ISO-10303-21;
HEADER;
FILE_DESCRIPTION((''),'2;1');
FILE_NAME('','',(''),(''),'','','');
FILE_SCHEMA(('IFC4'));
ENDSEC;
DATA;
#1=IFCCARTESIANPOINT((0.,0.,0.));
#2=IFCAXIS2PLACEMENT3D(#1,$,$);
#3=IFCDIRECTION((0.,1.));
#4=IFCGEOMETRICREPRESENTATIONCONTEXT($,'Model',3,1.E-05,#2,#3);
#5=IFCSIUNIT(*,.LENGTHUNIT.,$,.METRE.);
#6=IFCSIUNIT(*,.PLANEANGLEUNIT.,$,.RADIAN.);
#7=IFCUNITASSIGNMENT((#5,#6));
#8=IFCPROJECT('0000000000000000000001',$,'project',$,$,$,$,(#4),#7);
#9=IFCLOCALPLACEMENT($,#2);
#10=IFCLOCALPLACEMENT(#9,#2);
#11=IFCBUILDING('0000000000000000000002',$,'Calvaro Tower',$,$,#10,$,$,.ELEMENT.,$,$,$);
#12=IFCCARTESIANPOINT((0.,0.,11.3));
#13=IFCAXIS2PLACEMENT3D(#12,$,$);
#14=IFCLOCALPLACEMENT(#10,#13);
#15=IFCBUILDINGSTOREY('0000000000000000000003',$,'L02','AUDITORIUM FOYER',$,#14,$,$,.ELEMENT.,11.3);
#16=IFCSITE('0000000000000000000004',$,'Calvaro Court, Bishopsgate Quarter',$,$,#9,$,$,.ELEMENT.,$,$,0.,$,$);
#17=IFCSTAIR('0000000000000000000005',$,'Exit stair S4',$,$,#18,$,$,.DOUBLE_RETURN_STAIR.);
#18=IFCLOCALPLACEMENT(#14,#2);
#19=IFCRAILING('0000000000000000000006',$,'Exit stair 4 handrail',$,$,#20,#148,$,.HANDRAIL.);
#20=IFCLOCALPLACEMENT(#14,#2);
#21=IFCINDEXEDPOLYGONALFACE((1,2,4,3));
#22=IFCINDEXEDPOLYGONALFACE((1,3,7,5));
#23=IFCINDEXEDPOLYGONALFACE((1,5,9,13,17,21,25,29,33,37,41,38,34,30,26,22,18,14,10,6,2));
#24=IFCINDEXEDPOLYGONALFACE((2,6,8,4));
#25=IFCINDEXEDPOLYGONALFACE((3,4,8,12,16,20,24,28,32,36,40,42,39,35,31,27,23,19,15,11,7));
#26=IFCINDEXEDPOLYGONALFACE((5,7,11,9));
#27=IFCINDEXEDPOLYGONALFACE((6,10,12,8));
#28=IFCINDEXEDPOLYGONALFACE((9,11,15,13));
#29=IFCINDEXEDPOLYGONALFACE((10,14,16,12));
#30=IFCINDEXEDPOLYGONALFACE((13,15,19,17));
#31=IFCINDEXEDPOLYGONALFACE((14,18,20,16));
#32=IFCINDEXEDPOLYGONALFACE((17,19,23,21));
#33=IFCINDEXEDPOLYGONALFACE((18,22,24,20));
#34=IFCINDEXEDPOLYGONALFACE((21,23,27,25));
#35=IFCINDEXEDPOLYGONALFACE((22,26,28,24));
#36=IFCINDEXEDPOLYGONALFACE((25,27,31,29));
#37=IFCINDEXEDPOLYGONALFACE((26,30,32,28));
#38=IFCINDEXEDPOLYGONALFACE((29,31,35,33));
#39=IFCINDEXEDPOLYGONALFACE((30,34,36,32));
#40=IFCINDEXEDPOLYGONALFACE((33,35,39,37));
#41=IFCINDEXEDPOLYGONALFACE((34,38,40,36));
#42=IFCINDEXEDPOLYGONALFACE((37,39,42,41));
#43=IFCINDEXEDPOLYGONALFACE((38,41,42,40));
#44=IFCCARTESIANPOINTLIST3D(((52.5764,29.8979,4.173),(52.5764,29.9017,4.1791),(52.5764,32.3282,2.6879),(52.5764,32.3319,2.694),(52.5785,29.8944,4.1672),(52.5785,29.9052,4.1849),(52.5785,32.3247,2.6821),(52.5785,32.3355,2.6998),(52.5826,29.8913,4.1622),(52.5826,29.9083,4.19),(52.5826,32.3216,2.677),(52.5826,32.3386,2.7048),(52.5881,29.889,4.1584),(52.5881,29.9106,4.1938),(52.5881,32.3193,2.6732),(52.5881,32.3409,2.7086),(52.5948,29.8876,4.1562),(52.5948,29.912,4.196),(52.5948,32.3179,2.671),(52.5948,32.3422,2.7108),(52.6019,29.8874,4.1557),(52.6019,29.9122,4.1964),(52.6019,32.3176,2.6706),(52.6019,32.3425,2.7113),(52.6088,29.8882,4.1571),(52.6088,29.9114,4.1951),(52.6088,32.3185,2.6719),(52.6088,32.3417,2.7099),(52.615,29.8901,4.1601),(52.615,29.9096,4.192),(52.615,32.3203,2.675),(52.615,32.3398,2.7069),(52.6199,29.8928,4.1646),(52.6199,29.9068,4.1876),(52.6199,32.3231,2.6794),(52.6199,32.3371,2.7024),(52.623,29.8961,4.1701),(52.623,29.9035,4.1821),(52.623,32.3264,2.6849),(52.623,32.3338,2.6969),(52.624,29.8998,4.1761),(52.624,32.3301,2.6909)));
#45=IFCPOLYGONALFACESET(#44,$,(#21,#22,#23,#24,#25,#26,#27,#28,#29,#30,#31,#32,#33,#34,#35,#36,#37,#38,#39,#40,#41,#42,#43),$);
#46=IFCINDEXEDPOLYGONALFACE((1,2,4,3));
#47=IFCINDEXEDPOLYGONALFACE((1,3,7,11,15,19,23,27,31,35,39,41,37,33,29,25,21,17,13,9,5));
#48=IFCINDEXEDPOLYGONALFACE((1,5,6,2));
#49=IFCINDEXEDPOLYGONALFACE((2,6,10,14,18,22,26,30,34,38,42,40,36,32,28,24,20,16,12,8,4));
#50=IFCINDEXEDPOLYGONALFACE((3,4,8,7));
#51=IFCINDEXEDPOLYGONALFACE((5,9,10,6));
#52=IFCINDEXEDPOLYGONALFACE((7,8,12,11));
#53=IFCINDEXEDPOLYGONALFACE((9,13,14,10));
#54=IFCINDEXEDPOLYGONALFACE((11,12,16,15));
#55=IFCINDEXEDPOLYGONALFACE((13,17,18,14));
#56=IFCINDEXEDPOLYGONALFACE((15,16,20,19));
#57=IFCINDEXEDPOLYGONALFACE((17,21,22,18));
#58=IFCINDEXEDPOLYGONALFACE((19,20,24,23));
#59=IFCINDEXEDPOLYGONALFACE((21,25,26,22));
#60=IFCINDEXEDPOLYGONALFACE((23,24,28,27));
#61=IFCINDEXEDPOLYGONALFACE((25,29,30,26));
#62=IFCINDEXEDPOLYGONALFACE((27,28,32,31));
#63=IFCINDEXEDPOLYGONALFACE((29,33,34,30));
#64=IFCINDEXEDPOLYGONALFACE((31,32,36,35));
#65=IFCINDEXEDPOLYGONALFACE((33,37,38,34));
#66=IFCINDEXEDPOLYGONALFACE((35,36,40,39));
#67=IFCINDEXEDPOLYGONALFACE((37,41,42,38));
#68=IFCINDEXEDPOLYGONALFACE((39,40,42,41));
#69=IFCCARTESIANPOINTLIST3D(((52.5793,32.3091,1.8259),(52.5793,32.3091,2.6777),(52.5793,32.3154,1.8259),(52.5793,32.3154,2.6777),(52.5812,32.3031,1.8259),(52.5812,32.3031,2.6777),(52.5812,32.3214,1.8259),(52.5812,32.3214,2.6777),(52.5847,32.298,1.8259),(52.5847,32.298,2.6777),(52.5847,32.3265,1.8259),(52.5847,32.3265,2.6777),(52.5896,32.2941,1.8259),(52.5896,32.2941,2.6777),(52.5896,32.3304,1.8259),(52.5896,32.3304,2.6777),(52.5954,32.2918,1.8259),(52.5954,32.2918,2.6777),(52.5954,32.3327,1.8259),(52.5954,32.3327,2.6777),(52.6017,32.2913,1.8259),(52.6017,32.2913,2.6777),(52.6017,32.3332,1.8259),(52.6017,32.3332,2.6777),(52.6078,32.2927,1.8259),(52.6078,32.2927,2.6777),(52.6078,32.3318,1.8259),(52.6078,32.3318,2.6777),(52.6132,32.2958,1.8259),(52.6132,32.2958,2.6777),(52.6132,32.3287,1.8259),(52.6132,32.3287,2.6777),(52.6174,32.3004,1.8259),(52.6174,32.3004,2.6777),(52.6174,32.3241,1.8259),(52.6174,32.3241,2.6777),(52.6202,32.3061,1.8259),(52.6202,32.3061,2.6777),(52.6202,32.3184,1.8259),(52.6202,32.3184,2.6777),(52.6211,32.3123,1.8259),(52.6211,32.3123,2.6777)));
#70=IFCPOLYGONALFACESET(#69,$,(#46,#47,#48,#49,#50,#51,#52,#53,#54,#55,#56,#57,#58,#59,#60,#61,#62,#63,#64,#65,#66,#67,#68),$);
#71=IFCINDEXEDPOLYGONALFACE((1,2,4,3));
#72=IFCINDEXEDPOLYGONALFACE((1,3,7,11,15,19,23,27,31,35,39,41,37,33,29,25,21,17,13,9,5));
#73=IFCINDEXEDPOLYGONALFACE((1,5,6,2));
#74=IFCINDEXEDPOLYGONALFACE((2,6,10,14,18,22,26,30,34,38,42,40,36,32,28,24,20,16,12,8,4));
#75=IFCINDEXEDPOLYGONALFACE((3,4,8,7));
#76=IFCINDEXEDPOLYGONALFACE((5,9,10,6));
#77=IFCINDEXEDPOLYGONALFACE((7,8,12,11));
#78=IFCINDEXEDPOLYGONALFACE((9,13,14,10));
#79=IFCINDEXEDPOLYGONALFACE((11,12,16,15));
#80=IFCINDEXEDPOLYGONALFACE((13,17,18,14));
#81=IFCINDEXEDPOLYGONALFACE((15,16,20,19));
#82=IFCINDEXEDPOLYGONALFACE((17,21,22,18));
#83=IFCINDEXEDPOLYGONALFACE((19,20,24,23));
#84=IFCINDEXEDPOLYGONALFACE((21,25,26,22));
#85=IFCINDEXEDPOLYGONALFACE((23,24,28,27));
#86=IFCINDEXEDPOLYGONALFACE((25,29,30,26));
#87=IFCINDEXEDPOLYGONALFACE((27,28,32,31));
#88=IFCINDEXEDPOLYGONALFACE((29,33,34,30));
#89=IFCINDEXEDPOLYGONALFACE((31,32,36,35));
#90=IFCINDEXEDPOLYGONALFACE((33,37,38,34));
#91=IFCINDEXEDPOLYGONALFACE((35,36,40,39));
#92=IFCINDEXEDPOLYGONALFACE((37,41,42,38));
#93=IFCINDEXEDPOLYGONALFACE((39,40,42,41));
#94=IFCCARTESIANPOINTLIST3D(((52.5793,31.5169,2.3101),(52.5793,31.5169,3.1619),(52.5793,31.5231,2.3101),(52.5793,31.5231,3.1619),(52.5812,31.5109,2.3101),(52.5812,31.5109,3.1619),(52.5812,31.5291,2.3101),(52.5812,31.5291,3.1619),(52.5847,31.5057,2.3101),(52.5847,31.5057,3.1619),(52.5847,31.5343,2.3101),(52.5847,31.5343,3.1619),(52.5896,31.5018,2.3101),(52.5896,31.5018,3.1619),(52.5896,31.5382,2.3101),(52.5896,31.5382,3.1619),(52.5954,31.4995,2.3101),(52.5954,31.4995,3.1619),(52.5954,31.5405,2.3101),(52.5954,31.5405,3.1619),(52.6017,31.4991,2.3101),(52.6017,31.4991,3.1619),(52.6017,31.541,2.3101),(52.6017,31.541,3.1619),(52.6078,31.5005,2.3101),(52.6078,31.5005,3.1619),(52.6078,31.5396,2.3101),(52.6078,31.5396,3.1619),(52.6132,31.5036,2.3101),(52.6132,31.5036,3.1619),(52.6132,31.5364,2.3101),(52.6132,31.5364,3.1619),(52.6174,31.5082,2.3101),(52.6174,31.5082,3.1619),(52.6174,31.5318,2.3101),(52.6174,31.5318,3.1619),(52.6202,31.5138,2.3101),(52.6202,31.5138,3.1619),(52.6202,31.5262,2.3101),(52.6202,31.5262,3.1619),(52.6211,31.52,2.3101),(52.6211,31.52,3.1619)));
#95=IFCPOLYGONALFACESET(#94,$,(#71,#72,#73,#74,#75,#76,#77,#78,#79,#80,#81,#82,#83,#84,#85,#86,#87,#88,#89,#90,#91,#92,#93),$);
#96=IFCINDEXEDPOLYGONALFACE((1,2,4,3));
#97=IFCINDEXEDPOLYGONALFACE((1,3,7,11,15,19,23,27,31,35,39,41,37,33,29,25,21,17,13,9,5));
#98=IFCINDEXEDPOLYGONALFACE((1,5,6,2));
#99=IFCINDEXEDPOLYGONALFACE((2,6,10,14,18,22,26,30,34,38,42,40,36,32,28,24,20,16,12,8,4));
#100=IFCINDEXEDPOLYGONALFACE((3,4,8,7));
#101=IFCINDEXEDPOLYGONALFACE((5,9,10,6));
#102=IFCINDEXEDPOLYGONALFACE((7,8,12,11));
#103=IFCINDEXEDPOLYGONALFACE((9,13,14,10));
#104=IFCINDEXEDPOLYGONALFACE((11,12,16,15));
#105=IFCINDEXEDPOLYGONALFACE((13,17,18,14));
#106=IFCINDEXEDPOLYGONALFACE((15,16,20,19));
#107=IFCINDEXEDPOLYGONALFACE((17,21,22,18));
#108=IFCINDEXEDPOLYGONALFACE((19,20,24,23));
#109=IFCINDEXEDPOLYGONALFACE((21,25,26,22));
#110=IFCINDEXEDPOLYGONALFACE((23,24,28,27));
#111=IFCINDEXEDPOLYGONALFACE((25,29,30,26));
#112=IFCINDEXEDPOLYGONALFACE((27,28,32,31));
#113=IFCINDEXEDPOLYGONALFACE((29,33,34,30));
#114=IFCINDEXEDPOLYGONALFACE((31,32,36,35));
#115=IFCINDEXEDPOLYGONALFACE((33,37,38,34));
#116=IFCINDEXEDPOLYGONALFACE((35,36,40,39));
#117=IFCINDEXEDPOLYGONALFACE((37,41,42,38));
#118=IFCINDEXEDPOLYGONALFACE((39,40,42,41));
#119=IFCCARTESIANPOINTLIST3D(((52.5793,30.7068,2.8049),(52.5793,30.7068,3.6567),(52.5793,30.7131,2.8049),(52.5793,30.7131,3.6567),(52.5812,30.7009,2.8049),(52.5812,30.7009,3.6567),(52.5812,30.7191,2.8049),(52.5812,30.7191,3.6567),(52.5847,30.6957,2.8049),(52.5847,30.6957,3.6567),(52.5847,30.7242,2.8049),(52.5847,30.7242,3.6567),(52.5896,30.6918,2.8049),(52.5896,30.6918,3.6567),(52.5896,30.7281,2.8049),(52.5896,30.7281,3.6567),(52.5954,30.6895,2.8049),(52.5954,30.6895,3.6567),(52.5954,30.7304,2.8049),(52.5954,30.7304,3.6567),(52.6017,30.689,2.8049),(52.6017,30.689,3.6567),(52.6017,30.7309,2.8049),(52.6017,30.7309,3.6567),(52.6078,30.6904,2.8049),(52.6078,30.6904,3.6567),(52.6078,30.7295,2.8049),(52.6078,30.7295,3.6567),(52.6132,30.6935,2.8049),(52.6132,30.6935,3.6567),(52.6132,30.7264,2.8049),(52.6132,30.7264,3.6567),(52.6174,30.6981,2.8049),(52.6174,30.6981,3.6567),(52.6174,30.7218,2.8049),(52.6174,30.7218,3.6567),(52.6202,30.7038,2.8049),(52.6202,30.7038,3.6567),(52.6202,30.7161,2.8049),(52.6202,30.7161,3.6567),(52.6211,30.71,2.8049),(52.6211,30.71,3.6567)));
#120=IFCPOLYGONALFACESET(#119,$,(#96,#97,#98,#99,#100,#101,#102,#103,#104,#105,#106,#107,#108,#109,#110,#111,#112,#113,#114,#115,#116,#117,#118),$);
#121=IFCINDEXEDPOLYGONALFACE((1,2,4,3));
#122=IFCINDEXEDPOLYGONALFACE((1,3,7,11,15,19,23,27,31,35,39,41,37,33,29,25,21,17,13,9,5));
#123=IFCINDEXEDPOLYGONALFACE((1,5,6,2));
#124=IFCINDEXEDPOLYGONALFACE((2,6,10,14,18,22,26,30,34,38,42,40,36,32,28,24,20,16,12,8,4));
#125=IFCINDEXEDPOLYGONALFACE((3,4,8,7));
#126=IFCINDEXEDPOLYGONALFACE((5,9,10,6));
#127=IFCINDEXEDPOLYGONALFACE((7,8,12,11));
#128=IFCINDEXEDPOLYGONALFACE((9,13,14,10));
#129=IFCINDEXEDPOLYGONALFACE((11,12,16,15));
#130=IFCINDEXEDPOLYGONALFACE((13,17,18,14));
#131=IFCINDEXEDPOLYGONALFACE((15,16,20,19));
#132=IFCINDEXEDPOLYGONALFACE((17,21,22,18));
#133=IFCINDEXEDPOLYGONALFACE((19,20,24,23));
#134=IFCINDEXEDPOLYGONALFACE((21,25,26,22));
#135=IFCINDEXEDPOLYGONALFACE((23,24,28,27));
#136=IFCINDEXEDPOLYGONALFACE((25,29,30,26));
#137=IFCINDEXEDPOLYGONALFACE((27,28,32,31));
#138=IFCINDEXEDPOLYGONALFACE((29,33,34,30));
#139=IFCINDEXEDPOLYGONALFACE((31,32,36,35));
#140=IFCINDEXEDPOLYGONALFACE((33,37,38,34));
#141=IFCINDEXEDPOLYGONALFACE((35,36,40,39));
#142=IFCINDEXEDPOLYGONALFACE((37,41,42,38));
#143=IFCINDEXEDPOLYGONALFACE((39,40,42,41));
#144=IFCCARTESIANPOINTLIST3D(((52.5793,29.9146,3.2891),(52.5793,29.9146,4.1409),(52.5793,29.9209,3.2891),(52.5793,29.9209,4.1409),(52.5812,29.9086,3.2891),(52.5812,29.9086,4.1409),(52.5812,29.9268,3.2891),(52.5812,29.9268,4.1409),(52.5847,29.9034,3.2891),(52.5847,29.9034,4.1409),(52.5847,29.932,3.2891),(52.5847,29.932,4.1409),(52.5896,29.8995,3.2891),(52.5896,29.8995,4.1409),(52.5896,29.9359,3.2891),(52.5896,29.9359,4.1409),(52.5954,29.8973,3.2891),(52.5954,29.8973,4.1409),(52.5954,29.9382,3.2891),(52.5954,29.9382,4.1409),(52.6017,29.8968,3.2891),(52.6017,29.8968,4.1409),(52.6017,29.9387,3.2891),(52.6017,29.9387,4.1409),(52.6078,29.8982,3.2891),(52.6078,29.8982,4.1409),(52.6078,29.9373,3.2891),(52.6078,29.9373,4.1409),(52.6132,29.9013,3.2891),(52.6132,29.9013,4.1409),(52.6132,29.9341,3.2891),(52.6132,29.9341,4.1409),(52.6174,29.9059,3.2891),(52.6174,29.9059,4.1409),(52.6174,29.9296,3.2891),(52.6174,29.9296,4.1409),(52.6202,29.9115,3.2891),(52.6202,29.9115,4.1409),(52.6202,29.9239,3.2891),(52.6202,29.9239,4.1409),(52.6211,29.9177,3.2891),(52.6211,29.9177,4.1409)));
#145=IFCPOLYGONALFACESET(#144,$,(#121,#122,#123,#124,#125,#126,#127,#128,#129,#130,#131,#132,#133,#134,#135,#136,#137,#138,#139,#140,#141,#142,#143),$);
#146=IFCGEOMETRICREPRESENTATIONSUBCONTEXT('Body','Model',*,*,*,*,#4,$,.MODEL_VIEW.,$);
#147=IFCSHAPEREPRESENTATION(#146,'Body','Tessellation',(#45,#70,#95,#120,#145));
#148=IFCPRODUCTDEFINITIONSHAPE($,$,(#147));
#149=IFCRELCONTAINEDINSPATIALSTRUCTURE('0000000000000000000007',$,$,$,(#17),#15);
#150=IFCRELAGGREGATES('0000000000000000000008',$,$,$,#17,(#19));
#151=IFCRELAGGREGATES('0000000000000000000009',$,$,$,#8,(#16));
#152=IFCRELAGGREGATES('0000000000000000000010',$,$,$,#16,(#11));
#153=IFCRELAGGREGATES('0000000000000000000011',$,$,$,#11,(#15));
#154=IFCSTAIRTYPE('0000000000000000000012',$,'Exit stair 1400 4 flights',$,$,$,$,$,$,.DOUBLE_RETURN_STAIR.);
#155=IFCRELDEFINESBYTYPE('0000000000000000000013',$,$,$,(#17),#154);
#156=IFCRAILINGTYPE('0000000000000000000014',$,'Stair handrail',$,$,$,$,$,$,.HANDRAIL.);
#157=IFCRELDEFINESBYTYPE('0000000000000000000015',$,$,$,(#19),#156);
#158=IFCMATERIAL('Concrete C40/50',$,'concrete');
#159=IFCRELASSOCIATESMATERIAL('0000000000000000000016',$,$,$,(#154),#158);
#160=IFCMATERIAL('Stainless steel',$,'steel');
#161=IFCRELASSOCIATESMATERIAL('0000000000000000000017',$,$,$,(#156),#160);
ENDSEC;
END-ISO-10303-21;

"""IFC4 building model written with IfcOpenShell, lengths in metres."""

from ifc_helpers import new_model, si_unit, direction, frame, origin, origin_2d, place, context, subcontext, project, spatial, circle, extrude, material, type_object, element, aggregate, save


model = new_model("IFC4")

# Units and contexts
model_context = context("Model", 3, precision=1e-05, world=origin(), true_north=direction((0.0, 1.0)))
body_context = subcontext(model_context, "Body", "Model", "MODEL_VIEW")
ifc_project = project(units=[si_unit("LENGTHUNIT", "METRE"), si_unit("PLANEANGLEUNIT", "RADIAN")], contexts=[model_context])

# Site, building, storey
site_placement = place(None, origin())
site = spatial("IfcSite", under=ifc_project, at=site_placement, Name="Calvaro Court, Bishopsgate Quarter", CompositionType="ELEMENT", RefElevation=0.0)
building_placement = place(site_placement, origin())
building = spatial("IfcBuilding", under=site, at=building_placement, Name="Calvaro Tower", CompositionType="ELEMENT")
storey_placement = place(building_placement, frame((0.0, 0.0, 11.3)))
storey = spatial("IfcBuildingStorey", under=building, at=storey_placement, Name="L02", Description="AUDITORIUM FOYER", CompositionType="ELEMENT", Elevation=11.3)

# Stair
ifc_material_1 = material(Name="Concrete C40/50", Category="concrete")
stair_type = type_object("IfcStairType", Name="Exit stair 1400 4 flights", PredefinedType="DOUBLE_RETURN_STAIR", material=ifc_material_1)
stair_1_placement = place(storey_placement, origin())
stair_1 = element("IfcStair", 1, at=stair_1_placement, inside=storey, type_object=stair_type, Name="Exit stair S4", PredefinedType="DOUBLE_RETURN_STAIR")

# Shared definitions
ifc_material_2 = material(Name="Stainless steel", Category="steel")
railing_type = type_object("IfcRailingType", Name="Stair handrail", PredefinedType="HANDRAIL", material=ifc_material_2)

# Railing
railing_1_placement = place(storey_placement, frame((52.6001, 32.3301, 1.8149)))
railing_1 = element("IfcRailing", 2, at=railing_1_placement, type_object=railing_type, Name="Exit stair 4 handrail", PredefinedType="HANDRAIL", context=body_context, shape_type="SweptSolid", body=[
    extrude(circle(Radius=0.0239, at=origin_2d()), frame((0.0, 0.0, 0.876), z_axis=(0.0, -0.853282, 0.52145), x_axis=(1.0, 0.0, 0.0)), (0.0, 0.0, 1.0), 2.8481),
    extrude(circle(Radius=0.021, at=origin_2d()), frame((0.0, -0.0178, 0.011)), (0.0, 0.0, 1.0), 0.8518),
    extrude(circle(Radius=0.021, at=origin_2d()), frame((0.0, -0.8101, 0.4951)), (0.0, 0.0, 1.0), 0.8518),
    extrude(circle(Radius=0.021, at=origin_2d()), frame((0.0, -1.6201, 0.99)), (0.0, 0.0, 1.0), 0.8518),
    extrude(circle(Radius=0.021, at=origin_2d()), frame((0.0, -2.4124, 1.4741)), (0.0, 0.0, 1.0), 0.8518),
])
aggregate(stair_1, [railing_1])

save(model, "model.ifc")
